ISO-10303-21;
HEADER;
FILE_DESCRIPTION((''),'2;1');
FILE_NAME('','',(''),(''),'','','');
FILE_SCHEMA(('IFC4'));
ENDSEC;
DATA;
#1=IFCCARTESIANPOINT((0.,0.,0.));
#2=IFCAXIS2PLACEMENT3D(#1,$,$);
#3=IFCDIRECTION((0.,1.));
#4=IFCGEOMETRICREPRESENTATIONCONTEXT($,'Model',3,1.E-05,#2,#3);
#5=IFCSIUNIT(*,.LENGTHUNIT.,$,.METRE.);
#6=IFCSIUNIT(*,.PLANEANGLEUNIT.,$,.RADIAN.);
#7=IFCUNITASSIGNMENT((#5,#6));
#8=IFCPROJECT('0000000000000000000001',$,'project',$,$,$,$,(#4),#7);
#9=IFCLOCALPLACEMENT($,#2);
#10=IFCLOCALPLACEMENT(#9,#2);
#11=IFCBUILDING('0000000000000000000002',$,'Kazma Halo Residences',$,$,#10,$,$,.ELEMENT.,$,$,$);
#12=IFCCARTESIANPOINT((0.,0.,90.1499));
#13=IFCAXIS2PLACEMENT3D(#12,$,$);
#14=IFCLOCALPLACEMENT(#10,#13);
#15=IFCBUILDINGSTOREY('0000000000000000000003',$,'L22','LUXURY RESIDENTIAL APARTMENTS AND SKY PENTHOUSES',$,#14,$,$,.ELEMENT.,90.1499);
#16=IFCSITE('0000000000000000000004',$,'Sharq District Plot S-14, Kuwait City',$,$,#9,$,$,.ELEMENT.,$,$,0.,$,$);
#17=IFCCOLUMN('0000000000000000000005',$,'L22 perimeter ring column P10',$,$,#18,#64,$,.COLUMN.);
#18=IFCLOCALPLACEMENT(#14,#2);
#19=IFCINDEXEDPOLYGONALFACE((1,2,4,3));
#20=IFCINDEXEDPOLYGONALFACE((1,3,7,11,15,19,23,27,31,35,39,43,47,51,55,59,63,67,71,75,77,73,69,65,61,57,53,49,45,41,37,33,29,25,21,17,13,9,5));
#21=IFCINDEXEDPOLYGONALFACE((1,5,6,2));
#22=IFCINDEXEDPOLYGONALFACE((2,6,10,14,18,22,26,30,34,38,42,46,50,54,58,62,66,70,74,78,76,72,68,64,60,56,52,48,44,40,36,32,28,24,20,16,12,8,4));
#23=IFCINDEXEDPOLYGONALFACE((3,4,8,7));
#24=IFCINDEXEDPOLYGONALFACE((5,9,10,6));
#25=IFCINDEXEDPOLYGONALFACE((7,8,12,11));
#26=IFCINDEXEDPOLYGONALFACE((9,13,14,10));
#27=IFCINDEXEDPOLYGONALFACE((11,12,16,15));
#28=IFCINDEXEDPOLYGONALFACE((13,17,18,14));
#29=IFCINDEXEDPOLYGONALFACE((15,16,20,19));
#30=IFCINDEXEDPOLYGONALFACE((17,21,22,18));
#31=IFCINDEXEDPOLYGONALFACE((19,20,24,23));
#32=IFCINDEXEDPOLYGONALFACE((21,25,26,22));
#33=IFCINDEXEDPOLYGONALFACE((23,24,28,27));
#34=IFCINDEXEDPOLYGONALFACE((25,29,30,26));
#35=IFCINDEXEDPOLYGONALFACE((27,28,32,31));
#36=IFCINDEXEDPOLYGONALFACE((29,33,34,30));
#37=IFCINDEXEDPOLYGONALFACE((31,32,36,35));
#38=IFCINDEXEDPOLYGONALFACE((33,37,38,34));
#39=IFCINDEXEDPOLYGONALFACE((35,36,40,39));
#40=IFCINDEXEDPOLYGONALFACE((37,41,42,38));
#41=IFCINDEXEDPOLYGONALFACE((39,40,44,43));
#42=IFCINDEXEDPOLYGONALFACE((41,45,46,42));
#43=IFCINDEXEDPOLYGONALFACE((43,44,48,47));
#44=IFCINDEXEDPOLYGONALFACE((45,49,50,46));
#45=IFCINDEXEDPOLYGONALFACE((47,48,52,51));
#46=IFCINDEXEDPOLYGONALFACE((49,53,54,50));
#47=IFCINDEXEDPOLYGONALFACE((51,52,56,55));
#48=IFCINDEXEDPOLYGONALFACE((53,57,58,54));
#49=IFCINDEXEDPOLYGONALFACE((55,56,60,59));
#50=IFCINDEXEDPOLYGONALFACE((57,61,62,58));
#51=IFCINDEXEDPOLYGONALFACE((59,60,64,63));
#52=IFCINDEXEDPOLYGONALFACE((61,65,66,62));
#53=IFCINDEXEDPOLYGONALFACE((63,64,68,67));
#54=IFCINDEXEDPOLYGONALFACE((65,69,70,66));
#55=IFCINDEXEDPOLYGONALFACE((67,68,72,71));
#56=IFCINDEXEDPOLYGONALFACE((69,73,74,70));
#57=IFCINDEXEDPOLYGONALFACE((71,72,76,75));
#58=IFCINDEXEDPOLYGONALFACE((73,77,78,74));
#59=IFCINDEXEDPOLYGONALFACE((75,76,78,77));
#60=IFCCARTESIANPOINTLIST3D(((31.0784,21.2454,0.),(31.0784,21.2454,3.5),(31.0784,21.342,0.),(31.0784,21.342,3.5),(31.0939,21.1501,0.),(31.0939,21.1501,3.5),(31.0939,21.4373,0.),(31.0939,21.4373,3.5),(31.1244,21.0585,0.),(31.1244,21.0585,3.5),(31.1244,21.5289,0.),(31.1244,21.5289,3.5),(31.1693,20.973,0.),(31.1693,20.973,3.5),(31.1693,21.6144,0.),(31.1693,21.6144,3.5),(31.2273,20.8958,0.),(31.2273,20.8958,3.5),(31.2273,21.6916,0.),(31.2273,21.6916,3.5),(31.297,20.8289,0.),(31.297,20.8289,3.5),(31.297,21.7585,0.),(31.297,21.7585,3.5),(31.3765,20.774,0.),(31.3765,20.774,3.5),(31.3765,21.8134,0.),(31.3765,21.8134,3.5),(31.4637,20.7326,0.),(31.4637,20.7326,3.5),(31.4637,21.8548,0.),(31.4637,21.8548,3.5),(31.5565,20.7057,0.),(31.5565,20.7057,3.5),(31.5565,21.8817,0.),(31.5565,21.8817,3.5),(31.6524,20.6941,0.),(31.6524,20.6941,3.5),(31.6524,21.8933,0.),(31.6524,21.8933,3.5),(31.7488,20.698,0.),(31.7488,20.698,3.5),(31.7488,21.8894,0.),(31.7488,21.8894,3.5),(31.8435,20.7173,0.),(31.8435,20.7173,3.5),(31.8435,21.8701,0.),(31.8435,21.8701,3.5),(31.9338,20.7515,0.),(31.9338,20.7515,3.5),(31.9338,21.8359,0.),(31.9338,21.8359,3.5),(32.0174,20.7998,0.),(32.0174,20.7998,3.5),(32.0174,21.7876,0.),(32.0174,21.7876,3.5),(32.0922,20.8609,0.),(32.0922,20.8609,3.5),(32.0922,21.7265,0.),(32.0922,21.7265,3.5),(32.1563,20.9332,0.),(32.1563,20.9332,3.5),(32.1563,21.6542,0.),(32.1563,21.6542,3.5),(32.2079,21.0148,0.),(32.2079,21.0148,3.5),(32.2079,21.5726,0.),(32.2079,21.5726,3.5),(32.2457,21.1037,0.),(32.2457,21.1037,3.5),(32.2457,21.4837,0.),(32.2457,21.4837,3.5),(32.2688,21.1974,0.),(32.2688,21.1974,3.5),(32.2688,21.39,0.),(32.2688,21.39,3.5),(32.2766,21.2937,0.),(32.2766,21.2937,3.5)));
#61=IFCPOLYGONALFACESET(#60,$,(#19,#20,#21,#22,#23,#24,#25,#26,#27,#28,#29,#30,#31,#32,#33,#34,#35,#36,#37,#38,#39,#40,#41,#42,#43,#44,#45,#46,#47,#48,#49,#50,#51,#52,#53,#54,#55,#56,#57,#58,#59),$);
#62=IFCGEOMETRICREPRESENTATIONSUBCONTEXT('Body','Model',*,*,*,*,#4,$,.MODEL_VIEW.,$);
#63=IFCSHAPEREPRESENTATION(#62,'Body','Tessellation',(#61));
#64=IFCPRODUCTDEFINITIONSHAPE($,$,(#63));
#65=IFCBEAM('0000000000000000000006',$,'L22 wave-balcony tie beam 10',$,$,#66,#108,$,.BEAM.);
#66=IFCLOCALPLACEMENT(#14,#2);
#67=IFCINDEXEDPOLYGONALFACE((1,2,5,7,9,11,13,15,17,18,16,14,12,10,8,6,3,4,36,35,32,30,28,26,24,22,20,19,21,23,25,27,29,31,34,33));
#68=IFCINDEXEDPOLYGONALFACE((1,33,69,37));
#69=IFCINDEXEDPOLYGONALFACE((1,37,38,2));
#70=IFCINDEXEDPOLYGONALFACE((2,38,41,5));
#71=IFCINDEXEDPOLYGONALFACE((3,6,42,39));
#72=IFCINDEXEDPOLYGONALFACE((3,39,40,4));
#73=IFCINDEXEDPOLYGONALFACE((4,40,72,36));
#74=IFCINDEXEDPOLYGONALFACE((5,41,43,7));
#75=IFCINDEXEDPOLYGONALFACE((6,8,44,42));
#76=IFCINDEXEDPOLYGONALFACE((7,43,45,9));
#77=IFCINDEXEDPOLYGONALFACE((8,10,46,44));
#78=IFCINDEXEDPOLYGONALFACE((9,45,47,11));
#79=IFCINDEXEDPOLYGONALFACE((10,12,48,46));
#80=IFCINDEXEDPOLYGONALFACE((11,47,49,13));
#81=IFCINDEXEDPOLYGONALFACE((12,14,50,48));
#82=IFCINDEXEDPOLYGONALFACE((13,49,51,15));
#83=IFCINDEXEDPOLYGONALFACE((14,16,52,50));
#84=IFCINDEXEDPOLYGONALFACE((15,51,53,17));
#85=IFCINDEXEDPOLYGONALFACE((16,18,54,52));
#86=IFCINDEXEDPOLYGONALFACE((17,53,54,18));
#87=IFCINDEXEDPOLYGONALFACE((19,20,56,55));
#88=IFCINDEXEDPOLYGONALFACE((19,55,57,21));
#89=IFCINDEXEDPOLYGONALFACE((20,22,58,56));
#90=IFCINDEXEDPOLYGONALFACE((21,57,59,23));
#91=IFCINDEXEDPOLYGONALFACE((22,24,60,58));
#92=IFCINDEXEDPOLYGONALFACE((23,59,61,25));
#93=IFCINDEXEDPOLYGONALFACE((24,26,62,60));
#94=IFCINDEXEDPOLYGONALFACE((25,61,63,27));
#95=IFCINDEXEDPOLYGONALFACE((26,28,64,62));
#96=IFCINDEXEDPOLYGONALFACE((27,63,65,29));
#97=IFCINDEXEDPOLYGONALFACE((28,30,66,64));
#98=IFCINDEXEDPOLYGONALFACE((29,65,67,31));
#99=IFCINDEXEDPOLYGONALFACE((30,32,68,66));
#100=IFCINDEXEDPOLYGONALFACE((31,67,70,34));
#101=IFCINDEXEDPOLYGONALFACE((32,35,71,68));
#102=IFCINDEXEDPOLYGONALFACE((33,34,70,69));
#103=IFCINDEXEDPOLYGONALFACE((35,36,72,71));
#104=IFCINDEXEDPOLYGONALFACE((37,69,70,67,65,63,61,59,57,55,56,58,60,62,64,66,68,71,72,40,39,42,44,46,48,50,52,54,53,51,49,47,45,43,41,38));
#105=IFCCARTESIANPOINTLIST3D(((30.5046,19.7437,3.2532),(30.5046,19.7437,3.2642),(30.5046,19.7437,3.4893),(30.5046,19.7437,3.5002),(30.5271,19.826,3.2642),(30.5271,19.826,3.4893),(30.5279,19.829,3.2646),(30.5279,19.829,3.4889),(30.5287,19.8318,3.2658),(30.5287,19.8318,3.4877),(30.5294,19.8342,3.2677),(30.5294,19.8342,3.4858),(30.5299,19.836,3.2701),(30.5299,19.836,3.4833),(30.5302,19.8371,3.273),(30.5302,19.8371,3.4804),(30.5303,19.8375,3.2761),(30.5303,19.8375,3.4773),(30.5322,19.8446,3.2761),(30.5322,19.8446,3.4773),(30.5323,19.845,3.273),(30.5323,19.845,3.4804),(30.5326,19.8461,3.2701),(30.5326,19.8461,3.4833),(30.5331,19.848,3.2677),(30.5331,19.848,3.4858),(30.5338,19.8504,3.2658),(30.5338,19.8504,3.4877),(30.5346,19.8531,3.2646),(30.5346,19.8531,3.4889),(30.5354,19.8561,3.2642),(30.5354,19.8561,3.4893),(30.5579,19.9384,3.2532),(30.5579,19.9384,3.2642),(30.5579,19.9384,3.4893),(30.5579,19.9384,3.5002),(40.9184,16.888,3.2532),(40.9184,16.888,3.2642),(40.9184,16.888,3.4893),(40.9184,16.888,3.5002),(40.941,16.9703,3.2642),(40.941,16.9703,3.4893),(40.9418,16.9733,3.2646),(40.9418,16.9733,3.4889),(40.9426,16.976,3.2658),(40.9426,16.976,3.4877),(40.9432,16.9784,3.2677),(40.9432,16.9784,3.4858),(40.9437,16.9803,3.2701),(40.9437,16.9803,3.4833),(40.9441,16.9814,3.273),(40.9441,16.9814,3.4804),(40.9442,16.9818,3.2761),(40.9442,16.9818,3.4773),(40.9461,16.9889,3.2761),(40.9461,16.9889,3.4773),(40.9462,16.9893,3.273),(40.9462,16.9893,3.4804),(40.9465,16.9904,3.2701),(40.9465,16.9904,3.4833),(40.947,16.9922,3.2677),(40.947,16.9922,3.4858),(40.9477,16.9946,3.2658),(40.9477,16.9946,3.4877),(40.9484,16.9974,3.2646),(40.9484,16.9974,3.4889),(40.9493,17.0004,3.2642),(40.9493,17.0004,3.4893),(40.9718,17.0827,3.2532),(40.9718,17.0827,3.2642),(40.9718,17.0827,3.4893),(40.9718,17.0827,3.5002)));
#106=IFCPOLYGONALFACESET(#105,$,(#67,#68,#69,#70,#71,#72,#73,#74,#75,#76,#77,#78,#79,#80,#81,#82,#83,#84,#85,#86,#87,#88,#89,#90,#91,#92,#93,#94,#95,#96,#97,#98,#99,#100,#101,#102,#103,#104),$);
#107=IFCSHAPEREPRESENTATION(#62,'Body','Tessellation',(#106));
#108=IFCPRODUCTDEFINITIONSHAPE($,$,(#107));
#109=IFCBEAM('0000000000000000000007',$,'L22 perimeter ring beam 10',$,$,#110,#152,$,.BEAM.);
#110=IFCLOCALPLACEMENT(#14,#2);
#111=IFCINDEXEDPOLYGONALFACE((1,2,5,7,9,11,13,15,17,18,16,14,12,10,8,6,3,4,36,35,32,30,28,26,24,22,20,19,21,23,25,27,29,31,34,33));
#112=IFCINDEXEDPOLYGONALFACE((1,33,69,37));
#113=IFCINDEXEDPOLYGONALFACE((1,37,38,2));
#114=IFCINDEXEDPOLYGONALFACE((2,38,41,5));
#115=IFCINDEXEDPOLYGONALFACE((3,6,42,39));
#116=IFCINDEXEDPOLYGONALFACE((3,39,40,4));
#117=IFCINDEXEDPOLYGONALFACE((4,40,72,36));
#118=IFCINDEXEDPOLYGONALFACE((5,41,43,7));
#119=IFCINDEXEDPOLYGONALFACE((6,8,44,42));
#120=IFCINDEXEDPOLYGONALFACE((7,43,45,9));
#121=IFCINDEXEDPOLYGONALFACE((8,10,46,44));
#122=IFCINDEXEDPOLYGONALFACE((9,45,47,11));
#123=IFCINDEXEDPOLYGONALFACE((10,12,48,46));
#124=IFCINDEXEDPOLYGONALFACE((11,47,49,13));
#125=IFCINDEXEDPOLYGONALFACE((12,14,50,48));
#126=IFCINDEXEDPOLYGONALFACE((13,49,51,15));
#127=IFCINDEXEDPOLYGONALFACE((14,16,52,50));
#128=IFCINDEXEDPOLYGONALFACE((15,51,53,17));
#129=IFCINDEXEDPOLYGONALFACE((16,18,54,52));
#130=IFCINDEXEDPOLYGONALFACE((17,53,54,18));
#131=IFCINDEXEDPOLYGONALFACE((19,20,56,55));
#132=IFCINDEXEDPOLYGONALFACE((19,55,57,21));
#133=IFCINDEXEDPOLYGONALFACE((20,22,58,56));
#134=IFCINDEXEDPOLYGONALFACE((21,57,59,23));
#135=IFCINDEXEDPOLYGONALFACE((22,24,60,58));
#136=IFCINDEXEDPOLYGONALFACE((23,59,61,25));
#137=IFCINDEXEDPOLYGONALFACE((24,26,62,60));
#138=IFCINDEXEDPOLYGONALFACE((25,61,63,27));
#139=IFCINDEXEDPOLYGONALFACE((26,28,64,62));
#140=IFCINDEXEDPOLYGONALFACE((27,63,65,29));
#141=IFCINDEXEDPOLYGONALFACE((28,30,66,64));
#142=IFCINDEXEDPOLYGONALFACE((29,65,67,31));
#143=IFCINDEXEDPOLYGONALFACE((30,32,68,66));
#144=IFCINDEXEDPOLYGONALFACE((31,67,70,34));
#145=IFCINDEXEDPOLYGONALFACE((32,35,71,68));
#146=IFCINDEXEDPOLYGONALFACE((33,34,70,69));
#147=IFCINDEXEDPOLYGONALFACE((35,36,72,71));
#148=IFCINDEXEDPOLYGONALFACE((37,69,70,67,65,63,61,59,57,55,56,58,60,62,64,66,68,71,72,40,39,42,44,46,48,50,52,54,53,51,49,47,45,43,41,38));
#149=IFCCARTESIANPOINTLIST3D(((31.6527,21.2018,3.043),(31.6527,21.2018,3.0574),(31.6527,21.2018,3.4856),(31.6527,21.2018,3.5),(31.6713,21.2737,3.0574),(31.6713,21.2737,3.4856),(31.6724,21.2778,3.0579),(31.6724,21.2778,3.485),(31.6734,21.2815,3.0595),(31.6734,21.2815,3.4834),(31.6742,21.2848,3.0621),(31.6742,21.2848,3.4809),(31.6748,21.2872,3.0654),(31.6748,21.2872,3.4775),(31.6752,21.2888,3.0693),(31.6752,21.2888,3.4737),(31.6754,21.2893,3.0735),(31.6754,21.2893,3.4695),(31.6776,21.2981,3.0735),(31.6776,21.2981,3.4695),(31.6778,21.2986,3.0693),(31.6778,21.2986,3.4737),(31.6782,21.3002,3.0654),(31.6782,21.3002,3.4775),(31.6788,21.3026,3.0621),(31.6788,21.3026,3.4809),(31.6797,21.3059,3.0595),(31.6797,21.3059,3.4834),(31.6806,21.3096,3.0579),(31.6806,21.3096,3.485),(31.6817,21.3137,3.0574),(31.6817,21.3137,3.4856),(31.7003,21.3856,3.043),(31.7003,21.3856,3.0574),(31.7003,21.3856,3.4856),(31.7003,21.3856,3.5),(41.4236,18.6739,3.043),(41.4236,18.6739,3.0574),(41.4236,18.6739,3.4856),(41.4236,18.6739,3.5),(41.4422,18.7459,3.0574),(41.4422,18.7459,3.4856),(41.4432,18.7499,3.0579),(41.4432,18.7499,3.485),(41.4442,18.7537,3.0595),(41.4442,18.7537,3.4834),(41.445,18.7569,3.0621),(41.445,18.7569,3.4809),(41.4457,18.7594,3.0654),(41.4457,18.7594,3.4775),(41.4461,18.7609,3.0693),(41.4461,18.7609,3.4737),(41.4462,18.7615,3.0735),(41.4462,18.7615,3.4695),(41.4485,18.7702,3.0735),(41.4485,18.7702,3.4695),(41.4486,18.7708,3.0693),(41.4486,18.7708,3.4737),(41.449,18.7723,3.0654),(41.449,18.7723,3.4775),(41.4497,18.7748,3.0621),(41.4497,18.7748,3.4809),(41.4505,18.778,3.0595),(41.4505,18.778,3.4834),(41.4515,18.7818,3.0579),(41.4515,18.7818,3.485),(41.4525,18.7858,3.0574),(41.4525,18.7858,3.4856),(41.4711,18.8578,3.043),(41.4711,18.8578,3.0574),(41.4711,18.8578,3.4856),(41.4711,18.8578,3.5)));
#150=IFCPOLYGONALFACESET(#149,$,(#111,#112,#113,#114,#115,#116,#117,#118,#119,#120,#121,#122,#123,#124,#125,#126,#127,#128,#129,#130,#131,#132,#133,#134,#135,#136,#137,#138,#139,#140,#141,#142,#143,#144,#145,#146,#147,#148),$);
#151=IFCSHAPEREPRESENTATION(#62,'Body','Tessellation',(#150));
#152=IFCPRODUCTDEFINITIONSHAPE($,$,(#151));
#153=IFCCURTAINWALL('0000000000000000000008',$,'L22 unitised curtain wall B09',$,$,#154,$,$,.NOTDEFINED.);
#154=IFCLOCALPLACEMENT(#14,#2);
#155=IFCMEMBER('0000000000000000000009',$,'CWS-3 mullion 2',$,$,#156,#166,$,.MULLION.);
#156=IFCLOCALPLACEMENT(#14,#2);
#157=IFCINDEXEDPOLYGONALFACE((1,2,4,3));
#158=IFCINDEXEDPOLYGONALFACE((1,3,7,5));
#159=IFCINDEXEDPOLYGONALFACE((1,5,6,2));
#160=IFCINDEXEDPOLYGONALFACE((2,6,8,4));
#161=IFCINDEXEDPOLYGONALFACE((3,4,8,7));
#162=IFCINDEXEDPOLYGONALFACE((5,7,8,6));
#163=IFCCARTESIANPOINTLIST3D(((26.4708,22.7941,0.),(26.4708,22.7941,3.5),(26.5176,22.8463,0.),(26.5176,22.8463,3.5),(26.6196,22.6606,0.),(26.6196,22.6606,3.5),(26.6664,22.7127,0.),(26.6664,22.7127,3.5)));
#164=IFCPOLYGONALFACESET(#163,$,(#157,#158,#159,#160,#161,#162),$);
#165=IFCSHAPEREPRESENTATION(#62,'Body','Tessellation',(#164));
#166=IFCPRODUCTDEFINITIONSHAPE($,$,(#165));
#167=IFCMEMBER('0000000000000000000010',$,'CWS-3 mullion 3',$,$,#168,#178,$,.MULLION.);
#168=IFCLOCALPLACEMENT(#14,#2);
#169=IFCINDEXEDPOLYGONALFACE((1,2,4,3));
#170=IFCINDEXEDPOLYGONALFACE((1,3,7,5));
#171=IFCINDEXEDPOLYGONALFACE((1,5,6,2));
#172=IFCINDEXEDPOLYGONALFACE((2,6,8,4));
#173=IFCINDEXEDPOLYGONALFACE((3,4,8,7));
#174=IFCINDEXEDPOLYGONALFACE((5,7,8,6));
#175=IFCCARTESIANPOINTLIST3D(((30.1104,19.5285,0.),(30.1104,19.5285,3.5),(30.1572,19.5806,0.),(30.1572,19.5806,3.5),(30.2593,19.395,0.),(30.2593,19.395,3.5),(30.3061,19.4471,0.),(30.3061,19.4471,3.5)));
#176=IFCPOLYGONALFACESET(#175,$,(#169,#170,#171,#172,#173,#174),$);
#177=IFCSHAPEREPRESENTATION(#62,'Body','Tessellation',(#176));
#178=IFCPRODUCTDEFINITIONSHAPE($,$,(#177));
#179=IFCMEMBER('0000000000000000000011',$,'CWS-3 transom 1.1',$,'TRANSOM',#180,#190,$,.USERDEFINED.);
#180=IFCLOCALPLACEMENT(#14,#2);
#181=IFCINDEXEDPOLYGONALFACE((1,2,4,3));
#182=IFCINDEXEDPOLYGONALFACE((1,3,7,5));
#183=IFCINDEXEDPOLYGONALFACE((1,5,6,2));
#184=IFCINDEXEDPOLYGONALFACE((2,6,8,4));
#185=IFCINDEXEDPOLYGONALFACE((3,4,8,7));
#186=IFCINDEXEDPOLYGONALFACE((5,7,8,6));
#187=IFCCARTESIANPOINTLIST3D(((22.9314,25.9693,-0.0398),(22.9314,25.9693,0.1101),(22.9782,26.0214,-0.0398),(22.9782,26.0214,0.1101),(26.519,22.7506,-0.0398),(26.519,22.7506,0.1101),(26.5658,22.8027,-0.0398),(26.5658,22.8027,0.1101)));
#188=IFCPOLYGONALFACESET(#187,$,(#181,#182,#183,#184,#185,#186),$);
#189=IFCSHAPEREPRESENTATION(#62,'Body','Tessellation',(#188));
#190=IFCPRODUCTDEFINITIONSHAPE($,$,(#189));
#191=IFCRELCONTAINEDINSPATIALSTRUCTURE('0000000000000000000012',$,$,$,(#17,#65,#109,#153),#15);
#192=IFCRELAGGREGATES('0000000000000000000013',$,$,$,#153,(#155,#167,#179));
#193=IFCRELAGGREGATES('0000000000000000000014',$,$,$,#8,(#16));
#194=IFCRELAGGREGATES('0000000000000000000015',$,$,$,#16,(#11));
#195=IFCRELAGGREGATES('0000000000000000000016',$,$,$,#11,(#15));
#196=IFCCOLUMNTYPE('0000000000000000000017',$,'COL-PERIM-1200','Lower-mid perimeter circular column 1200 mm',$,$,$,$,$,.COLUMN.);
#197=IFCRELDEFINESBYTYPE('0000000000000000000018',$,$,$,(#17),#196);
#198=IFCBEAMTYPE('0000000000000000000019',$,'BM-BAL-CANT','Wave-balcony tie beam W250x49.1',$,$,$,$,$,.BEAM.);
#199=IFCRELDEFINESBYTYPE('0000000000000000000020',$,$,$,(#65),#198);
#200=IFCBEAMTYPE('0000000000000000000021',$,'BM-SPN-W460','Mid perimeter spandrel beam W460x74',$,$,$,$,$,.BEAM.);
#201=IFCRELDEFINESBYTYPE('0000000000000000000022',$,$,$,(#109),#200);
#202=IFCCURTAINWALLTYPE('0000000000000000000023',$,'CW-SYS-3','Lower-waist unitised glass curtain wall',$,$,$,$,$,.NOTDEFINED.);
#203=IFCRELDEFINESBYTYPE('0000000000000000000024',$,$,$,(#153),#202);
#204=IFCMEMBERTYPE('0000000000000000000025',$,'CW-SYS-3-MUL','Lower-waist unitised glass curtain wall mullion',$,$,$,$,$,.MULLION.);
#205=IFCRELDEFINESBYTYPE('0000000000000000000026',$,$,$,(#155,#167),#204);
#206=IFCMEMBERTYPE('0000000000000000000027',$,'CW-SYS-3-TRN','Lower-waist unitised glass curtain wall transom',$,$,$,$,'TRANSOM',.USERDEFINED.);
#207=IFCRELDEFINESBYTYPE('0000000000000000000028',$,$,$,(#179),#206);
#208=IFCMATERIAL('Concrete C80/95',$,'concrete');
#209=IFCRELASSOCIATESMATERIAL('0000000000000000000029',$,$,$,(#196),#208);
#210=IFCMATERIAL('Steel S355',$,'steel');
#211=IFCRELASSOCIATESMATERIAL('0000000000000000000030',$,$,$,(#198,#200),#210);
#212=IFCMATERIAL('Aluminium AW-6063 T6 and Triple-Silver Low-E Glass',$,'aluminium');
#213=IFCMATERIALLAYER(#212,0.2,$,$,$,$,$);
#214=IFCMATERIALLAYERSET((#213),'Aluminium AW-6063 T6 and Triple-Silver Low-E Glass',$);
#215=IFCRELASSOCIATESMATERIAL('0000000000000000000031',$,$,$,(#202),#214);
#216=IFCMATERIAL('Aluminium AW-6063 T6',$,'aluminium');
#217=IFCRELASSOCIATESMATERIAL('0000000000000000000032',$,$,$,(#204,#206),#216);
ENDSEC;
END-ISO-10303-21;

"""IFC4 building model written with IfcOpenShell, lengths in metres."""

from ifc_helpers import new_model, si_unit, direction, frame, origin, origin_2d, place, context, subcontext, project, spatial, rectangle, circle, i_section, extrude, material, layer, layer_set, material_profile, profile_set, type_object, element, aggregate, save


model = new_model("IFC4")

# Units and contexts
model_context = context("Model", 3, precision=1e-05, world=origin(), true_north=direction((0.0, 1.0)))
body_context = subcontext(model_context, "Body", "Model", "MODEL_VIEW")
ifc_project = project(units=[si_unit("LENGTHUNIT", "METRE"), si_unit("PLANEANGLEUNIT", "RADIAN")], contexts=[model_context])

# Site, building, storey
site_placement = place(None, origin())
site = spatial("IfcSite", under=ifc_project, at=site_placement, Name="Sharq District Plot S-14, Kuwait City", CompositionType="ELEMENT", RefElevation=0.0)
building_placement = place(site_placement, origin())
building = spatial("IfcBuilding", under=site, at=building_placement, Name="Kazma Halo Residences", CompositionType="ELEMENT")
storey_placement = place(building_placement, frame((0.0, 0.0, 90.1499)))
storey = spatial("IfcBuildingStorey", under=building, at=storey_placement, Name="L22", Description="LUXURY RESIDENTIAL APARTMENTS AND SKY PENTHOUSES", CompositionType="ELEMENT", Elevation=90.1499)

# Column
ifc_material_1 = material(Name="Concrete C80/95", Category="concrete")
ifc_material_profile_1 = material_profile(ifc_material_1, circle(Radius=0.6001, at=origin_2d()), Name="CIRC1200")
ifc_profile_set_1 = profile_set([ifc_material_profile_1], Name="Concrete C80/95")
column_type = type_object("IfcColumnType", Name="COL-PERIM-1200", Description="Lower-mid perimeter circular column 1200 mm", PredefinedType="COLUMN", material=ifc_profile_set_1)
column_placement = place(storey_placement, frame((31.6765, 21.2937, 0.0), z_axis=(0.0, 0.0, 1.0), x_axis=(1.0, 0.0, 0.0)))
element("IfcColumn", 1, at=column_placement, inside=storey, type_object=column_type, Name="L22 perimeter ring column P10", PredefinedType="COLUMN", context=body_context, shape_type="SweptSolid", body=[
    extrude(circle(Radius=0.6001, at=origin_2d()), origin(), (0.0, 0.0, 1.0), 3.5),
])

# Beams
ifc_material_2 = material(Name="Steel S355", Category="steel")
ifc_material_profile_2 = material_profile(ifc_material_2, i_section(OverallWidth=0.2019, OverallDepth=0.2471, WebThickness=0.0073, FlangeThickness=0.011, FilletRadius=0.012, at=origin_2d()), Name="W250x49.1")
ifc_profile_set_2 = profile_set([ifc_material_profile_2], Name="Steel S355")
beam_type_1 = type_object("IfcBeamType", Name="BM-BAL-CANT", Description="Wave-balcony tie beam W250x49.1", PredefinedType="BEAM", material=ifc_profile_set_2)
beam_1_placement = place(storey_placement, frame((30.5312, 19.8411, 3.3767), z_axis=(0.964397, -0.26446, 0.0), x_axis=(0.26446, 0.964397, 0.0)))
element("IfcBeam", 2, at=beam_1_placement, inside=storey, type_object=beam_type_1, Name="L22 wave-balcony tie beam 10", PredefinedType="BEAM", context=body_context, shape_type="SweptSolid", body=[
    extrude(i_section(OverallWidth=0.2019, OverallDepth=0.2471, WebThickness=0.0073, FlangeThickness=0.011, FilletRadius=0.012, at=origin_2d()), origin(), (0.0, 0.0, 1.0), 10.7983),
])
ifc_material_profile_3 = material_profile(ifc_material_2, i_section(OverallWidth=0.1899, OverallDepth=0.457, WebThickness=0.009, FlangeThickness=0.0144, FilletRadius=0.0161, at=origin_2d()), Name="W460x74")
ifc_profile_set_3 = profile_set([ifc_material_profile_3], Name="Steel S355")
beam_type_2 = type_object("IfcBeamType", Name="BM-SPN-W460", Description="Mid perimeter spandrel beam W460x74", PredefinedType="BEAM", material=ifc_profile_set_3)
beam_2_placement = place(storey_placement, frame((31.6765, 21.2937, 3.2715), z_axis=(0.968125, -0.250468, 0.0), x_axis=(0.250468, 0.968125, 0.0)))
element("IfcBeam", 3, at=beam_2_placement, inside=storey, type_object=beam_type_2, Name="L22 perimeter ring beam 10", PredefinedType="BEAM", context=body_context, shape_type="SweptSolid", body=[
    extrude(i_section(OverallWidth=0.1899, OverallDepth=0.457, WebThickness=0.009, FlangeThickness=0.0144, FilletRadius=0.0161, at=origin_2d()), origin(), (0.0, 0.0, 1.0), 10.0925),
])

# Curtain wall, members
ifc_material_3 = material(Name="Aluminium AW-6063 T6 and Triple-Silver Low-E Glass", Category="aluminium")
ifc_layer_1 = layer(ifc_material_3, 0.2)
ifc_layer_set_1 = layer_set([ifc_layer_1], Name="Aluminium AW-6063 T6 and Triple-Silver Low-E Glass")
curtain_wall_type = type_object("IfcCurtainWallType", Name="CW-SYS-3", Description="Lower-waist unitised glass curtain wall", PredefinedType="NOTDEFINED", material=ifc_layer_set_1)
curtain_wall_placement = place(storey_placement, origin())
curtain_wall = element("IfcCurtainWall", 4, at=curtain_wall_placement, inside=storey, type_object=curtain_wall_type, Name="L22 unitised curtain wall B09", PredefinedType="NOTDEFINED")
ifc_material_4 = material(Name="Aluminium AW-6063 T6", Category="aluminium")
ifc_material_profile_4 = material_profile(ifc_material_4, rectangle(XDim=0.0701, YDim=0.2, at=origin_2d()), Name="CWM-70x200")
ifc_profile_set_4 = profile_set([ifc_material_profile_4], Name="Aluminium AW-6063 T6")
member_type_1 = type_object("IfcMemberType", Name="CW-SYS-3-MUL", Description="Lower-waist unitised glass curtain wall mullion", PredefinedType="MULLION", material=ifc_profile_set_4)
member_1_placement = place(storey_placement, frame((26.5686, 22.7534, 0.0), z_axis=(0.0, 0.0, 1.0), x_axis=(0.667795, 0.744345, 0.0)))
member_1 = element("IfcMember", 5, at=member_1_placement, type_object=member_type_1, Name="CWS-3 mullion 2", PredefinedType="MULLION", context=body_context, shape_type="SweptSolid", body=[
    extrude(rectangle(XDim=0.0701, YDim=0.2, at=origin_2d()), origin(), (0.0, 0.0, 1.0), 3.5),
])
member_2_placement = place(storey_placement, frame((30.2083, 19.4878, 0.0), z_axis=(0.0, 0.0, 1.0), x_axis=(0.667795, 0.744345, 0.0)))
member_2 = element("IfcMember", 6, at=member_2_placement, type_object=member_type_1, Name="CWS-3 mullion 3", PredefinedType="MULLION", context=body_context, shape_type="SweptSolid", body=[
    extrude(rectangle(XDim=0.0701, YDim=0.2, at=origin_2d()), origin(), (0.0, 0.0, 1.0), 3.5),
])
ifc_material_profile_5 = material_profile(ifc_material_4, rectangle(XDim=0.0701, YDim=0.1499, at=origin_2d()), Name="CWT-70x150")
ifc_profile_set_5 = profile_set([ifc_material_profile_5], Name="Aluminium AW-6063 T6")
member_type_2 = type_object("IfcMemberType", Name="CW-SYS-3-TRN", Description="Lower-waist unitised glass curtain wall transom", ElementType="TRANSOM", PredefinedType="USERDEFINED", material=ifc_profile_set_5)
member_3_placement = place(storey_placement, frame((22.9548, 25.9954, 0.0352), z_axis=(0.744338, -0.667803, 0.0), x_axis=(0.667803, 0.744338, 0.0)))
member_3 = element("IfcMember", 7, at=member_3_placement, type_object=member_type_2, Name="CWS-3 transom 1.1", ObjectType="TRANSOM", PredefinedType="USERDEFINED", context=body_context, shape_type="SweptSolid", body=[
    extrude(rectangle(XDim=0.0701, YDim=0.1499, at=origin_2d()), origin(), (0.0, 0.0, 1.0), 4.8198),
])
aggregate(curtain_wall, [member_1, member_2, member_3])

save(model, "model.ifc")
